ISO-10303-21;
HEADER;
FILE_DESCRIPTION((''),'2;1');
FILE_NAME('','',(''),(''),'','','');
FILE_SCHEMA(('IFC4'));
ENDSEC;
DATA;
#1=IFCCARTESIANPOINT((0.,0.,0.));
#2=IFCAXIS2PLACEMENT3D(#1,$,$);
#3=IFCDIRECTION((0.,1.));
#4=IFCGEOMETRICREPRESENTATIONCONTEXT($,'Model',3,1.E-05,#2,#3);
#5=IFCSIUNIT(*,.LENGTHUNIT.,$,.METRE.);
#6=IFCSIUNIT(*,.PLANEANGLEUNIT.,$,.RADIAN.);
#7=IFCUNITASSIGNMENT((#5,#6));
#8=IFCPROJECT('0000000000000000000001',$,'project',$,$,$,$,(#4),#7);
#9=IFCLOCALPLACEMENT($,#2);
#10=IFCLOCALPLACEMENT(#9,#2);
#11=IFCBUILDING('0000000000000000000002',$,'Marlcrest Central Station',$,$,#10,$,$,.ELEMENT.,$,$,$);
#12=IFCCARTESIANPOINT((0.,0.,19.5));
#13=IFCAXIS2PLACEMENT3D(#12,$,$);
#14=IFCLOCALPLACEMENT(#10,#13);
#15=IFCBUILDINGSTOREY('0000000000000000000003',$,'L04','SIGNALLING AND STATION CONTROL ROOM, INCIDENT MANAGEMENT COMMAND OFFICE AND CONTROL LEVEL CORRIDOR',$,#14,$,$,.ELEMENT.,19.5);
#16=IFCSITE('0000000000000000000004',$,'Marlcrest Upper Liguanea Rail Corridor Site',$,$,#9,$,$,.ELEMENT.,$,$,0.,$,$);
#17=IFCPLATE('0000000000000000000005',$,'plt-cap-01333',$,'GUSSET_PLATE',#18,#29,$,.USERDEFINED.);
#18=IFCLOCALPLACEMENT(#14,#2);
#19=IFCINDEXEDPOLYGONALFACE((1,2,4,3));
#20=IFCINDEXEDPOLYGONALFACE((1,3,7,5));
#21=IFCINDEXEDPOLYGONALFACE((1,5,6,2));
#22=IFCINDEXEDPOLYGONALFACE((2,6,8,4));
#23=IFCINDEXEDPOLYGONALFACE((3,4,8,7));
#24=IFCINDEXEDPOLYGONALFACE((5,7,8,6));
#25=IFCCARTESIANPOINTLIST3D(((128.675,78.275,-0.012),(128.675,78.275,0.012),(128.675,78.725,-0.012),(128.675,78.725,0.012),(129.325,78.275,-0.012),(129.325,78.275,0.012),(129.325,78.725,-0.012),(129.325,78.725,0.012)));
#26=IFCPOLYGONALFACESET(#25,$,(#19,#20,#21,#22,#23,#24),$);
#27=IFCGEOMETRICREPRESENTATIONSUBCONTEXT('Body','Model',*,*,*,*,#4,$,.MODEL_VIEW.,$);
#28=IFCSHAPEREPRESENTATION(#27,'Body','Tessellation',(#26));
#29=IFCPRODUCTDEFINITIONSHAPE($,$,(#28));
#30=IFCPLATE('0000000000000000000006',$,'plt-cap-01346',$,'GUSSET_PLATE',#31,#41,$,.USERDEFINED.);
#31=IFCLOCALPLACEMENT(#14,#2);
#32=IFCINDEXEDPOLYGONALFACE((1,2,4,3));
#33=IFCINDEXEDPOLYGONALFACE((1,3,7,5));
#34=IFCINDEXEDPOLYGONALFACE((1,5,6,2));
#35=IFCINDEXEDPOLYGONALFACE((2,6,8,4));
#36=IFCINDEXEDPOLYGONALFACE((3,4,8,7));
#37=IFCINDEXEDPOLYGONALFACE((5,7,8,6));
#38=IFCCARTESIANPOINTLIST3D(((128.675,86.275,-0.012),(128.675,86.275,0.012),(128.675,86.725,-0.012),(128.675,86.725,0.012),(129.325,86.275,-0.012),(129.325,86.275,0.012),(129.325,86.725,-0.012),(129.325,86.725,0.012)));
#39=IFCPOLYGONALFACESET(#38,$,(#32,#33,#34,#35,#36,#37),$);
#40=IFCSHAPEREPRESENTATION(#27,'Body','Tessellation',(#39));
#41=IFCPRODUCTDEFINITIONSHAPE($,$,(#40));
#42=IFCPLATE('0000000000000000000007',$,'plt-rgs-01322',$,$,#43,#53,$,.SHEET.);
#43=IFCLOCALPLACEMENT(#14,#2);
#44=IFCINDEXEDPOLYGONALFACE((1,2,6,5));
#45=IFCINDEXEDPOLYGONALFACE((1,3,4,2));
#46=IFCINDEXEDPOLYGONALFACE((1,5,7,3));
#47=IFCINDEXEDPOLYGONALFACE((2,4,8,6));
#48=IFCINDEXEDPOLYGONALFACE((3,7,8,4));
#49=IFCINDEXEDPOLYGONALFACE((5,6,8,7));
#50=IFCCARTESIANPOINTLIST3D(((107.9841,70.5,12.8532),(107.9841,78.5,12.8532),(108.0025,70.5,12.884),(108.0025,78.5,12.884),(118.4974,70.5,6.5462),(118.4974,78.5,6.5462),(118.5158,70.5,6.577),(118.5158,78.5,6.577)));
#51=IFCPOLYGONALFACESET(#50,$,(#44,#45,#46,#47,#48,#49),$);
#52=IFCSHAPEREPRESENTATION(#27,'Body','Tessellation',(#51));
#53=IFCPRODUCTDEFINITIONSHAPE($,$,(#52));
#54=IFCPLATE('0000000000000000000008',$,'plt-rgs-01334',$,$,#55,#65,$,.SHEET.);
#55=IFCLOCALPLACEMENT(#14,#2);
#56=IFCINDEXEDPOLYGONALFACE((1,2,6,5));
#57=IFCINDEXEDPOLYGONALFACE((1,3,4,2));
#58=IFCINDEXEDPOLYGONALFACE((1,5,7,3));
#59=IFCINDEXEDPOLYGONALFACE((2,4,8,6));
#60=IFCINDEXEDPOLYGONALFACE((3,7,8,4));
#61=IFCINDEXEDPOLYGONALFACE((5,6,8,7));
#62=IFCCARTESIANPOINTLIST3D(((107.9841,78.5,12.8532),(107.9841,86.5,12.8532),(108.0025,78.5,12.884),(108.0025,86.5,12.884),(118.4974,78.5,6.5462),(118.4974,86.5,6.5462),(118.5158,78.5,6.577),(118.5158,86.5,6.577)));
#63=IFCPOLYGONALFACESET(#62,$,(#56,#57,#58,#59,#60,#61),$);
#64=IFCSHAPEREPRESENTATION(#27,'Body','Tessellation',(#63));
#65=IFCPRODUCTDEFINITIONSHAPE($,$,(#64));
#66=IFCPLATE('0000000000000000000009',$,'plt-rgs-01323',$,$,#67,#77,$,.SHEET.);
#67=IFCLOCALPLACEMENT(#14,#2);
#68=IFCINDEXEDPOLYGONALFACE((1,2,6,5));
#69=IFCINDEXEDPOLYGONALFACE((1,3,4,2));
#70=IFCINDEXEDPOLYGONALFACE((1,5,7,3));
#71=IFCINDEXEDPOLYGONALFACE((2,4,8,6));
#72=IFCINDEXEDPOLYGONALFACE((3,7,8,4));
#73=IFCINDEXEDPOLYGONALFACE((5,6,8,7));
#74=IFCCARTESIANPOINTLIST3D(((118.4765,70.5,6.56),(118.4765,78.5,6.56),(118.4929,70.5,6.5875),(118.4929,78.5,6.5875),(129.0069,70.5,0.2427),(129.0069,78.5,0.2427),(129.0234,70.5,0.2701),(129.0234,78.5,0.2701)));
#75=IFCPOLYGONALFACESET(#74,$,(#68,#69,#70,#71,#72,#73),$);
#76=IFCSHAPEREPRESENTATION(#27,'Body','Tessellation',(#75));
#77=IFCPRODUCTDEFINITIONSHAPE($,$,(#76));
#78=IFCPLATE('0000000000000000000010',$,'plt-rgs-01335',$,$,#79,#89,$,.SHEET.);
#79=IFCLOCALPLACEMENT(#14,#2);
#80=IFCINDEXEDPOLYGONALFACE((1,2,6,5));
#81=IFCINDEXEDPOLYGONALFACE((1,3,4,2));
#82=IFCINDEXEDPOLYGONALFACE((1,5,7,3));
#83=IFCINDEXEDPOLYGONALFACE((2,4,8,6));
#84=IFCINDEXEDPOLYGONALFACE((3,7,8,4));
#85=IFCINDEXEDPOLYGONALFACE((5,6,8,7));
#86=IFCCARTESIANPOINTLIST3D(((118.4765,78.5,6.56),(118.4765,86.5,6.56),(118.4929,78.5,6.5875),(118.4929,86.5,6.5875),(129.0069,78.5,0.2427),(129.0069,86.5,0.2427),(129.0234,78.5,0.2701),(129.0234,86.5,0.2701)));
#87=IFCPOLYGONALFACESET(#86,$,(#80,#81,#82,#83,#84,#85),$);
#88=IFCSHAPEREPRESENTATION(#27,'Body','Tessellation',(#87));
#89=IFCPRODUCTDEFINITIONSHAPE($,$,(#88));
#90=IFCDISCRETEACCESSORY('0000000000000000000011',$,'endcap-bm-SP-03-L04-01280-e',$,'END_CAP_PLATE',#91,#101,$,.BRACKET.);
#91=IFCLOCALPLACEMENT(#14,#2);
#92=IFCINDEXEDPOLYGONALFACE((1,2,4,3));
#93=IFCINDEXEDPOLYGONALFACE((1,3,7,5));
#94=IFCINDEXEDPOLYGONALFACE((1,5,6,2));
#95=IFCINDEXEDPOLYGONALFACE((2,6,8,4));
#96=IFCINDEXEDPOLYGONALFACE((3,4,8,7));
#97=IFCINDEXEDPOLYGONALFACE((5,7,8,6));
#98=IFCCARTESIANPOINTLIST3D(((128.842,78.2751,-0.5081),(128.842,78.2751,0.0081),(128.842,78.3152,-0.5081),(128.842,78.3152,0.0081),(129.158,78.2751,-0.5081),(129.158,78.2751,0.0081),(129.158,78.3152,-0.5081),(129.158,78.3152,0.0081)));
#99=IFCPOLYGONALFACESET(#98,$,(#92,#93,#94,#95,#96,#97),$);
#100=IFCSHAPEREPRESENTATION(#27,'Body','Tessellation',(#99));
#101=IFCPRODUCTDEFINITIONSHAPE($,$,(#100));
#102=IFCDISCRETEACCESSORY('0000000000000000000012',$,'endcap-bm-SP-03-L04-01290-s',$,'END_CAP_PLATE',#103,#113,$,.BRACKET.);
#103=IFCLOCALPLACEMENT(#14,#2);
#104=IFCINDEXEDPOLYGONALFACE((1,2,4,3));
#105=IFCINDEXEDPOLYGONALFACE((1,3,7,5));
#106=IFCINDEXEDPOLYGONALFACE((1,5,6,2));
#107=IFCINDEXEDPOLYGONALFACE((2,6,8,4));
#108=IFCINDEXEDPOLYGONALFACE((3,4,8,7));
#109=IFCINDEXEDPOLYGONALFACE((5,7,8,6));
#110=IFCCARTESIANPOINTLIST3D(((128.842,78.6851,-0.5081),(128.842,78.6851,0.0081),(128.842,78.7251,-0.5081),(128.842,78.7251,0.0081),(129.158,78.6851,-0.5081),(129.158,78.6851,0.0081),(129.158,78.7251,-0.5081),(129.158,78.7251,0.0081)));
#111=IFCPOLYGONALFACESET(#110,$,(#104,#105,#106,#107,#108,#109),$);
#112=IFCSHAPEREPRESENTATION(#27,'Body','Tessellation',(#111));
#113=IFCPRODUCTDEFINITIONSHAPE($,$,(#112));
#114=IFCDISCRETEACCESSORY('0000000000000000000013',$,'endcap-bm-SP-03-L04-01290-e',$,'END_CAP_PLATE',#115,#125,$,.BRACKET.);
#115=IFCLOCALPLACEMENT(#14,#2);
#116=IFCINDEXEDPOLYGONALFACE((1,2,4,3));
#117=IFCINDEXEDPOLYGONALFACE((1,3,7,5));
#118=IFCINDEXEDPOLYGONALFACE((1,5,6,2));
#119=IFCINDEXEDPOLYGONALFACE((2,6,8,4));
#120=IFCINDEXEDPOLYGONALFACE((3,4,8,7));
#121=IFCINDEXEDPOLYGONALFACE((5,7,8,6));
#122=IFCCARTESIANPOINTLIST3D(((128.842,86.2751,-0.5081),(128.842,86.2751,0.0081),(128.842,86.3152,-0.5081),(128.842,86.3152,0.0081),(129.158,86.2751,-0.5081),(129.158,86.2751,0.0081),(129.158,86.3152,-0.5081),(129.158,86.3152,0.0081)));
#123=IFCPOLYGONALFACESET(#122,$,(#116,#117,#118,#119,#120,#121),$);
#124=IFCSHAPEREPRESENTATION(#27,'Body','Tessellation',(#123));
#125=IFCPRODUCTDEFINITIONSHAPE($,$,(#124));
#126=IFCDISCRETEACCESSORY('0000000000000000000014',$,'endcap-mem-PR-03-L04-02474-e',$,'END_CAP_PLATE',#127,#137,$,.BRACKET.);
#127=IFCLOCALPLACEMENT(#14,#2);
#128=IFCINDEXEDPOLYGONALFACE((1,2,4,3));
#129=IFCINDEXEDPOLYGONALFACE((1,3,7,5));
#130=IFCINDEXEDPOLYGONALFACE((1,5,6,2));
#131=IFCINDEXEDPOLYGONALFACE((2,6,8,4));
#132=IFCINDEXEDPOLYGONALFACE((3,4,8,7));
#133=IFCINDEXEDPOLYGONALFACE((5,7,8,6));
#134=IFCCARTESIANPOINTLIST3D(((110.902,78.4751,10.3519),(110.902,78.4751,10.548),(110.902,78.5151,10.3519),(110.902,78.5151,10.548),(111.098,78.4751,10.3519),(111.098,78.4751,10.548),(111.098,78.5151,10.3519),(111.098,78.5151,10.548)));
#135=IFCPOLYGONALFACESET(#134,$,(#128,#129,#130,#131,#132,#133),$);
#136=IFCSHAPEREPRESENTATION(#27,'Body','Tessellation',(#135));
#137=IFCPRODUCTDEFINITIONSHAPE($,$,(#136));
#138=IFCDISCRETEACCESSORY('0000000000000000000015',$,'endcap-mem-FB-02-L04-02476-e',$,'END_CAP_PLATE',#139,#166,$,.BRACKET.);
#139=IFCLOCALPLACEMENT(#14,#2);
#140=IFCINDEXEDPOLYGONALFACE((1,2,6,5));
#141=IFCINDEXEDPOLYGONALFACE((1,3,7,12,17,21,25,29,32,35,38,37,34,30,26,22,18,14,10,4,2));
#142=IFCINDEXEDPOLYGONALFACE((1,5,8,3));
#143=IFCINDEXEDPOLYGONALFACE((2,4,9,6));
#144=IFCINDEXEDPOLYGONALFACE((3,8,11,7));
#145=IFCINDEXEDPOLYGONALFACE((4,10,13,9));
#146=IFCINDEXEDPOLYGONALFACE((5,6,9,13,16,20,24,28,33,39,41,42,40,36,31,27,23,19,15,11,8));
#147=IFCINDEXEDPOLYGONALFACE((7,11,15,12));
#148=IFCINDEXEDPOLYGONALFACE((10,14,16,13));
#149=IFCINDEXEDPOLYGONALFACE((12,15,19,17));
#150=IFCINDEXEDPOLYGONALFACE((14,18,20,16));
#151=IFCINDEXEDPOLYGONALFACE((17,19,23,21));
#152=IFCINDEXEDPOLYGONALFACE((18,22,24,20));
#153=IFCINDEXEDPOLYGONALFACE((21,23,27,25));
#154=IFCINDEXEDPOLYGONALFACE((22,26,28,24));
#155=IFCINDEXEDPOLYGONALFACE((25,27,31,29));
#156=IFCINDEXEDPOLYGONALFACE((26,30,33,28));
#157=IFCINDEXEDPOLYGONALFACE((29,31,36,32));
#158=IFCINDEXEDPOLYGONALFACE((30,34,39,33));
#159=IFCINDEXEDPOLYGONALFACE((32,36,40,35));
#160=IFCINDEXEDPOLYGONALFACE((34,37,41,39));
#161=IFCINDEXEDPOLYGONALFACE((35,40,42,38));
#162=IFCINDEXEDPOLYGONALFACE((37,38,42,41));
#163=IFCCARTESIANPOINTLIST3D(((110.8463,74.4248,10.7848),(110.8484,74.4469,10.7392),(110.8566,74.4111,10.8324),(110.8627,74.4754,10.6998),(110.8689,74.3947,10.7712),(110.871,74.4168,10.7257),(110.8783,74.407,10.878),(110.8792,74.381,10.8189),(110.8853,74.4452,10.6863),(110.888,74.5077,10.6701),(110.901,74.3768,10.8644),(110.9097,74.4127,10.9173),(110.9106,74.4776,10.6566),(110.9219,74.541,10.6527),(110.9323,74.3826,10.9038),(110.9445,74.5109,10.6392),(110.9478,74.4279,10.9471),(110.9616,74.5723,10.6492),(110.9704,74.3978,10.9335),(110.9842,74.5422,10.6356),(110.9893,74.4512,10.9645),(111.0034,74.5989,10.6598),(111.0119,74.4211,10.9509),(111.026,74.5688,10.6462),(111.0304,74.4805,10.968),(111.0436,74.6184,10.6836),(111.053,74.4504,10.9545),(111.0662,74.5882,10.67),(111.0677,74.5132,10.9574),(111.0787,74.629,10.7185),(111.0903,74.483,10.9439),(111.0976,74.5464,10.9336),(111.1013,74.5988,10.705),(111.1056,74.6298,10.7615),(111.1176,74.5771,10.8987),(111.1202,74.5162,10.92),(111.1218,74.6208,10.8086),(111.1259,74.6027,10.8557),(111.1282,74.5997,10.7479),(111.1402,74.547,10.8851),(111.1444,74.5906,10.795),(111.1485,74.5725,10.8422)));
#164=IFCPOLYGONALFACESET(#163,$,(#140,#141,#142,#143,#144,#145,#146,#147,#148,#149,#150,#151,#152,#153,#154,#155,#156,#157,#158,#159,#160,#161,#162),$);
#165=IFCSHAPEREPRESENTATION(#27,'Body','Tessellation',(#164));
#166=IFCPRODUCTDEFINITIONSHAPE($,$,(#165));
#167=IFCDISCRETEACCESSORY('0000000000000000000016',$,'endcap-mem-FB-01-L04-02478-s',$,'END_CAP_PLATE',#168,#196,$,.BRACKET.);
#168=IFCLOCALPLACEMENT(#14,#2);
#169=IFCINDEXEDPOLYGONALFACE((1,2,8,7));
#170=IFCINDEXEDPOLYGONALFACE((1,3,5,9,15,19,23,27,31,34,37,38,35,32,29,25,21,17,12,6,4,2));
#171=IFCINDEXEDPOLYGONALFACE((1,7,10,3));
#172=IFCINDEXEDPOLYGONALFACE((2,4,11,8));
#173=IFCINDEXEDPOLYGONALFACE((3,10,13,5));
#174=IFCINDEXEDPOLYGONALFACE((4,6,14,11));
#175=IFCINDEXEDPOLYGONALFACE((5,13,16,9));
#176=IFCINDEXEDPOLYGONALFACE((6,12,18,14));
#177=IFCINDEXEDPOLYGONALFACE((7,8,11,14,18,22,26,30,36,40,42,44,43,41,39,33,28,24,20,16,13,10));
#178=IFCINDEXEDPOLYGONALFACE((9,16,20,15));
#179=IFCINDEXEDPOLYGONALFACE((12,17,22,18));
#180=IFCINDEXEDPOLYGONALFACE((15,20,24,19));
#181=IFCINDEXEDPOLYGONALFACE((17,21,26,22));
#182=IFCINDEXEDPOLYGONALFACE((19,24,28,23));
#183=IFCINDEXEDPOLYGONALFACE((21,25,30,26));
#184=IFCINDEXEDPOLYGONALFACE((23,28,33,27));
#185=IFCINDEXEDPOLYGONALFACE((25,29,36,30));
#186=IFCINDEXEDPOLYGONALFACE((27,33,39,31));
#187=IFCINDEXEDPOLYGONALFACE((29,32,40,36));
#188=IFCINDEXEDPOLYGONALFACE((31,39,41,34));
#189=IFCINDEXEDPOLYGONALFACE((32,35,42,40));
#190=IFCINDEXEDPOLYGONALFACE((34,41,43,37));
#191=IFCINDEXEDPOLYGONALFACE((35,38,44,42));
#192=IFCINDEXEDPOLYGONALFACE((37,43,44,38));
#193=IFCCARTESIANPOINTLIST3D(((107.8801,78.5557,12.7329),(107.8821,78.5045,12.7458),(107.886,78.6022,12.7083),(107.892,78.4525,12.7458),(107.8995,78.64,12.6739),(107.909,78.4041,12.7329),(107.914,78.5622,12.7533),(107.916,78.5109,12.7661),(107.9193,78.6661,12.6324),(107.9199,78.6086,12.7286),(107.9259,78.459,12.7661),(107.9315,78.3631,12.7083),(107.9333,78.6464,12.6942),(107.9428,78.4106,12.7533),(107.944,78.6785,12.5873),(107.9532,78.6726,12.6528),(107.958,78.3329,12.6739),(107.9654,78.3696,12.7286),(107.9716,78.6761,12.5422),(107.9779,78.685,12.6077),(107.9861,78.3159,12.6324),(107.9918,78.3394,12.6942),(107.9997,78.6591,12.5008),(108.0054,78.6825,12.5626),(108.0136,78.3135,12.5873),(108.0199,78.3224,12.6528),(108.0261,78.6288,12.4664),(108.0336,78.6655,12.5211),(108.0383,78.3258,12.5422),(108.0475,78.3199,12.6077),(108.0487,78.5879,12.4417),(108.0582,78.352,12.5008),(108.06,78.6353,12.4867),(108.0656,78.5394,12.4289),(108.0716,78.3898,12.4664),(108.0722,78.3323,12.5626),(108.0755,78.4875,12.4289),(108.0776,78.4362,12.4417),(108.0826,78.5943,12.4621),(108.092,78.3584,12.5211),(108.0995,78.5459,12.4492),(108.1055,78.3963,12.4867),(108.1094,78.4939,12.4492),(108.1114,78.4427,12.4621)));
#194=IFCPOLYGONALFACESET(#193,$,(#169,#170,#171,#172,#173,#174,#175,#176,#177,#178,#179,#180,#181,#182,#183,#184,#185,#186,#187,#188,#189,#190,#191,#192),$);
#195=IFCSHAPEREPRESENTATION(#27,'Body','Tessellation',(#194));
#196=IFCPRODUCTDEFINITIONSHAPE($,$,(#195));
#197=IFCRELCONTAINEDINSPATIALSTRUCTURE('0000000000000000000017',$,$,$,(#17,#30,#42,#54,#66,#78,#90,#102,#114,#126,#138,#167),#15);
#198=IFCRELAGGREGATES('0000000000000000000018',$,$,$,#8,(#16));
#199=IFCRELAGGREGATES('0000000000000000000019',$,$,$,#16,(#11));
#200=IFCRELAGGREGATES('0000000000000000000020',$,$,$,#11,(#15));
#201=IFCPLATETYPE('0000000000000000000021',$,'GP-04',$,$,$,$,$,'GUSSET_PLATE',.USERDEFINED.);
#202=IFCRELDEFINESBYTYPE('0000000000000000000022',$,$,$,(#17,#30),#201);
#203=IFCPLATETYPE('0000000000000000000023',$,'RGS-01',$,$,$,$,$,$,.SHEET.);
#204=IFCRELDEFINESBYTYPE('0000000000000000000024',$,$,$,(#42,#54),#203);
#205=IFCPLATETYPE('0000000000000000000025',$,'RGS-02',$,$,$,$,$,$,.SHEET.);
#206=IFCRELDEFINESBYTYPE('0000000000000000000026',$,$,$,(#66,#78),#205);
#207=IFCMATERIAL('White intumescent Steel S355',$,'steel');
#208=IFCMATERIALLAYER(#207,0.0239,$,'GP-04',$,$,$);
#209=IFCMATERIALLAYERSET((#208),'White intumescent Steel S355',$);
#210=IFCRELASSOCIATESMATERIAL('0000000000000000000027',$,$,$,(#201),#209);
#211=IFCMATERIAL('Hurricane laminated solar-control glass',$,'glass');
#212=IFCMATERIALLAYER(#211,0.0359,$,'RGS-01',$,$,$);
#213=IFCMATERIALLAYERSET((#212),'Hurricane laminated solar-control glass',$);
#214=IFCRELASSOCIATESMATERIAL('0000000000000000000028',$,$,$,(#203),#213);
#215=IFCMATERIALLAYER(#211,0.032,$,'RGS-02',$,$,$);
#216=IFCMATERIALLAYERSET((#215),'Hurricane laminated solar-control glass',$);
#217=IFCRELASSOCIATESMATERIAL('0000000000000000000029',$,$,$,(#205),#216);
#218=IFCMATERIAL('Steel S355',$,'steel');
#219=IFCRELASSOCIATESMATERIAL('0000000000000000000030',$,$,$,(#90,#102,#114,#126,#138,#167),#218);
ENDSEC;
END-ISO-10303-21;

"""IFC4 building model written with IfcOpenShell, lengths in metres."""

from ifc_helpers import new_model, si_unit, direction, frame, origin, origin_2d, place, context, subcontext, project, spatial, rectangle, circle, extrude, material, layer, layer_set, type_object, element, save


model = new_model("IFC4")

# Units and contexts
model_context = context("Model", 3, precision=1e-05, world=origin(), true_north=direction((0.0, 1.0)))
body_context = subcontext(model_context, "Body", "Model", "MODEL_VIEW")
ifc_project = project(units=[si_unit("LENGTHUNIT", "METRE"), si_unit("PLANEANGLEUNIT", "RADIAN")], contexts=[model_context])

# Site, building, storey
site_placement = place(None, origin())
site = spatial("IfcSite", under=ifc_project, at=site_placement, Name="Marlcrest Upper Liguanea Rail Corridor Site", CompositionType="ELEMENT", RefElevation=0.0)
building_placement = place(site_placement, origin())
building = spatial("IfcBuilding", under=site, at=building_placement, Name="Marlcrest Central Station", CompositionType="ELEMENT")
storey_placement = place(building_placement, frame((0.0, 0.0, 19.5)))
storey = spatial("IfcBuildingStorey", under=building, at=storey_placement, Name="L04", Description="SIGNALLING AND STATION CONTROL ROOM, INCIDENT MANAGEMENT COMMAND OFFICE AND CONTROL LEVEL CORRIDOR", CompositionType="ELEMENT", Elevation=19.5)

# Shared definitions
ifc_material_1 = material(Name="White intumescent Steel S355", Category="steel")

# Shared definitions
ifc_material_2 = material(Name="Steel S355", Category="steel")

# Plates
ifc_layer_1 = layer(ifc_material_1, 0.0239, Name="GP-04")
ifc_layer_set_1 = layer_set([ifc_layer_1], Name="White intumescent Steel S355")
plate_type_1 = type_object("IfcPlateType", Name="GP-04", ElementType="GUSSET_PLATE", PredefinedType="USERDEFINED", material=ifc_layer_set_1)
for number, where, z_axis, x_axis, name in (
    (1, (129.0, 78.5, -0.012), (0.0, 0.0, 1.0), (1.0, 0.0, 0.0), "plt-cap-01333"),
    (2, (129.0, 86.5, -0.012), (0.0, 0.0, 1.0), (1.0, 0.0, 0.0), "plt-cap-01346"),
):
    element("IfcPlate", number, at=place(storey_placement, frame(where, z_axis=z_axis, x_axis=x_axis)), inside=storey, type_object=plate_type_1, Name=name, ObjectType="GUSSET_PLATE", PredefinedType="USERDEFINED", context=body_context, shape_type="SweptSolid", body=[
        extrude(rectangle(XDim=0.6499, YDim=0.45, at=origin_2d()), origin(), (0.0, 0.0, 1.0), 0.0239),
    ])
ifc_material_3 = material(Name="Hurricane laminated solar-control glass", Category="glass")
ifc_layer_2 = layer(ifc_material_3, 0.0359, Name="RGS-01")
ifc_layer_set_2 = layer_set([ifc_layer_2], Name="Hurricane laminated solar-control glass")
plate_type_2 = type_object("IfcPlateType", Name="RGS-01", PredefinedType="SHEET", material=ifc_layer_set_2)
for number, where, z_axis, x_axis, name in (
    (3, (113.2407, 74.5, 9.6997), (0.51444, 0.0, 0.857527), (0.857527, 0.0, -0.51444), "plt-rgs-01322"),
    (4, (113.2407, 82.5, 9.6997), (0.51444, 0.0, 0.857527), (0.857527, 0.0, -0.51444), "plt-rgs-01334"),
):
    element("IfcPlate", number, at=place(storey_placement, frame(where, z_axis=z_axis, x_axis=x_axis)), inside=storey, type_object=plate_type_2, Name=name, PredefinedType="SHEET", context=body_context, shape_type="SweptSolid", body=[
        extrude(rectangle(XDim=12.26, YDim=8.0, at=origin_2d()), origin(), (0.0, 0.0, 1.0), 0.0359),
    ])
ifc_layer_3 = layer(ifc_material_3, 0.032, Name="RGS-02")
ifc_layer_set_3 = layer_set([ifc_layer_3], Name="Hurricane laminated solar-control glass")
plate_type_3 = type_object("IfcPlateType", Name="RGS-02", PredefinedType="SHEET", material=ifc_layer_set_3)
for number, where, z_axis, x_axis, name in (
    (5, (123.7417, 74.5, 3.4014), (0.51444, 0.0, 0.857527), (0.857527, 0.0, -0.51444), "plt-rgs-01323"),
    (6, (123.7417, 82.5, 3.4014), (0.51444, 0.0, 0.857527), (0.857527, 0.0, -0.51444), "plt-rgs-01335"),
):
    element("IfcPlate", number, at=place(storey_placement, frame(where, z_axis=z_axis, x_axis=x_axis)), inside=storey, type_object=plate_type_3, Name=name, PredefinedType="SHEET", context=body_context, shape_type="SweptSolid", body=[
        extrude(rectangle(XDim=12.28, YDim=8.0, at=origin_2d()), origin(), (0.0, 0.0, 1.0), 0.032),
    ])

# Discrete accessories
for number, where, z_axis, x_axis, name in (
    (7, (129.0, 78.2751, -0.25), (0.0, 1.0, 0.0), (-1.0, 0.0, 0.0), "endcap-bm-SP-03-L04-01280-e"),
    (8, (129.0, 78.6851, -0.25), (0.0, 1.0, 0.0), (-1.0, 0.0, 0.0), "endcap-bm-SP-03-L04-01290-s"),
    (9, (129.0, 86.2751, -0.25), (0.0, 1.0, 0.0), (-1.0, 0.0, 0.0), "endcap-bm-SP-03-L04-01290-e"),
):
    element("IfcDiscreteAccessory", number, at=place(storey_placement, frame(where, z_axis=z_axis, x_axis=x_axis)), inside=storey, material=ifc_material_2, Name=name, ObjectType="END_CAP_PLATE", PredefinedType="BRACKET", context=body_context, shape_type="SweptSolid", body=[
        extrude(rectangle(XDim=0.3159, YDim=0.5161, at=origin_2d()), origin(), (0.0, 0.0, 1.0), 0.04),
    ])
discrete_accessory_1_placement = place(storey_placement, frame((111.0, 78.4751, 10.45), z_axis=(0.0, 1.0, 0.0), x_axis=(-1.0, 0.0, 0.0)))
element("IfcDiscreteAccessory", 10, at=discrete_accessory_1_placement, inside=storey, material=ifc_material_2, Name="endcap-mem-PR-03-L04-02474-e", ObjectType="END_CAP_PLATE", PredefinedType="BRACKET", context=body_context, shape_type="SweptSolid", body=[
    extrude(rectangle(XDim=0.196, YDim=0.196, at=origin_2d()), origin(), (0.0, 0.0, 1.0), 0.04),
])
discrete_accessory_2_placement = place(storey_placement, frame((110.9858, 74.5188, 10.8086), z_axis=(0.564531, -0.752708, -0.338728), x_axis=(0.8, 0.6, 0.0)))
element("IfcDiscreteAccessory", 11, at=discrete_accessory_2_placement, inside=storey, material=ifc_material_2, Name="endcap-mem-FB-02-L04-02476-e", ObjectType="END_CAP_PLATE", PredefinedType="BRACKET", context=body_context, shape_type="SweptSolid", body=[
    extrude(circle(Radius=0.1699, at=origin_2d()), origin(), (0.0, 0.0, 1.0), 0.04),
])
for number, where, z_axis, x_axis, name in (
    (12, (108.0127, 78.5024, 12.6077), (-0.846277, -0.161196, -0.50777), (0.187112, -0.982339, 0.0), "endcap-mem-FB-01-L04-02478-s"),
):
    element("IfcDiscreteAccessory", number, at=place(storey_placement, frame(where, z_axis=z_axis, x_axis=x_axis)), inside=storey, material=ifc_material_2, Name=name, ObjectType="END_CAP_PLATE", PredefinedType="BRACKET", context=body_context, shape_type="SweptSolid", body=[
        extrude(circle(Radius=0.1858, at=origin_2d()), origin(), (0.0, 0.0, 1.0), 0.04),
    ])

save(model, "model.ifc")
